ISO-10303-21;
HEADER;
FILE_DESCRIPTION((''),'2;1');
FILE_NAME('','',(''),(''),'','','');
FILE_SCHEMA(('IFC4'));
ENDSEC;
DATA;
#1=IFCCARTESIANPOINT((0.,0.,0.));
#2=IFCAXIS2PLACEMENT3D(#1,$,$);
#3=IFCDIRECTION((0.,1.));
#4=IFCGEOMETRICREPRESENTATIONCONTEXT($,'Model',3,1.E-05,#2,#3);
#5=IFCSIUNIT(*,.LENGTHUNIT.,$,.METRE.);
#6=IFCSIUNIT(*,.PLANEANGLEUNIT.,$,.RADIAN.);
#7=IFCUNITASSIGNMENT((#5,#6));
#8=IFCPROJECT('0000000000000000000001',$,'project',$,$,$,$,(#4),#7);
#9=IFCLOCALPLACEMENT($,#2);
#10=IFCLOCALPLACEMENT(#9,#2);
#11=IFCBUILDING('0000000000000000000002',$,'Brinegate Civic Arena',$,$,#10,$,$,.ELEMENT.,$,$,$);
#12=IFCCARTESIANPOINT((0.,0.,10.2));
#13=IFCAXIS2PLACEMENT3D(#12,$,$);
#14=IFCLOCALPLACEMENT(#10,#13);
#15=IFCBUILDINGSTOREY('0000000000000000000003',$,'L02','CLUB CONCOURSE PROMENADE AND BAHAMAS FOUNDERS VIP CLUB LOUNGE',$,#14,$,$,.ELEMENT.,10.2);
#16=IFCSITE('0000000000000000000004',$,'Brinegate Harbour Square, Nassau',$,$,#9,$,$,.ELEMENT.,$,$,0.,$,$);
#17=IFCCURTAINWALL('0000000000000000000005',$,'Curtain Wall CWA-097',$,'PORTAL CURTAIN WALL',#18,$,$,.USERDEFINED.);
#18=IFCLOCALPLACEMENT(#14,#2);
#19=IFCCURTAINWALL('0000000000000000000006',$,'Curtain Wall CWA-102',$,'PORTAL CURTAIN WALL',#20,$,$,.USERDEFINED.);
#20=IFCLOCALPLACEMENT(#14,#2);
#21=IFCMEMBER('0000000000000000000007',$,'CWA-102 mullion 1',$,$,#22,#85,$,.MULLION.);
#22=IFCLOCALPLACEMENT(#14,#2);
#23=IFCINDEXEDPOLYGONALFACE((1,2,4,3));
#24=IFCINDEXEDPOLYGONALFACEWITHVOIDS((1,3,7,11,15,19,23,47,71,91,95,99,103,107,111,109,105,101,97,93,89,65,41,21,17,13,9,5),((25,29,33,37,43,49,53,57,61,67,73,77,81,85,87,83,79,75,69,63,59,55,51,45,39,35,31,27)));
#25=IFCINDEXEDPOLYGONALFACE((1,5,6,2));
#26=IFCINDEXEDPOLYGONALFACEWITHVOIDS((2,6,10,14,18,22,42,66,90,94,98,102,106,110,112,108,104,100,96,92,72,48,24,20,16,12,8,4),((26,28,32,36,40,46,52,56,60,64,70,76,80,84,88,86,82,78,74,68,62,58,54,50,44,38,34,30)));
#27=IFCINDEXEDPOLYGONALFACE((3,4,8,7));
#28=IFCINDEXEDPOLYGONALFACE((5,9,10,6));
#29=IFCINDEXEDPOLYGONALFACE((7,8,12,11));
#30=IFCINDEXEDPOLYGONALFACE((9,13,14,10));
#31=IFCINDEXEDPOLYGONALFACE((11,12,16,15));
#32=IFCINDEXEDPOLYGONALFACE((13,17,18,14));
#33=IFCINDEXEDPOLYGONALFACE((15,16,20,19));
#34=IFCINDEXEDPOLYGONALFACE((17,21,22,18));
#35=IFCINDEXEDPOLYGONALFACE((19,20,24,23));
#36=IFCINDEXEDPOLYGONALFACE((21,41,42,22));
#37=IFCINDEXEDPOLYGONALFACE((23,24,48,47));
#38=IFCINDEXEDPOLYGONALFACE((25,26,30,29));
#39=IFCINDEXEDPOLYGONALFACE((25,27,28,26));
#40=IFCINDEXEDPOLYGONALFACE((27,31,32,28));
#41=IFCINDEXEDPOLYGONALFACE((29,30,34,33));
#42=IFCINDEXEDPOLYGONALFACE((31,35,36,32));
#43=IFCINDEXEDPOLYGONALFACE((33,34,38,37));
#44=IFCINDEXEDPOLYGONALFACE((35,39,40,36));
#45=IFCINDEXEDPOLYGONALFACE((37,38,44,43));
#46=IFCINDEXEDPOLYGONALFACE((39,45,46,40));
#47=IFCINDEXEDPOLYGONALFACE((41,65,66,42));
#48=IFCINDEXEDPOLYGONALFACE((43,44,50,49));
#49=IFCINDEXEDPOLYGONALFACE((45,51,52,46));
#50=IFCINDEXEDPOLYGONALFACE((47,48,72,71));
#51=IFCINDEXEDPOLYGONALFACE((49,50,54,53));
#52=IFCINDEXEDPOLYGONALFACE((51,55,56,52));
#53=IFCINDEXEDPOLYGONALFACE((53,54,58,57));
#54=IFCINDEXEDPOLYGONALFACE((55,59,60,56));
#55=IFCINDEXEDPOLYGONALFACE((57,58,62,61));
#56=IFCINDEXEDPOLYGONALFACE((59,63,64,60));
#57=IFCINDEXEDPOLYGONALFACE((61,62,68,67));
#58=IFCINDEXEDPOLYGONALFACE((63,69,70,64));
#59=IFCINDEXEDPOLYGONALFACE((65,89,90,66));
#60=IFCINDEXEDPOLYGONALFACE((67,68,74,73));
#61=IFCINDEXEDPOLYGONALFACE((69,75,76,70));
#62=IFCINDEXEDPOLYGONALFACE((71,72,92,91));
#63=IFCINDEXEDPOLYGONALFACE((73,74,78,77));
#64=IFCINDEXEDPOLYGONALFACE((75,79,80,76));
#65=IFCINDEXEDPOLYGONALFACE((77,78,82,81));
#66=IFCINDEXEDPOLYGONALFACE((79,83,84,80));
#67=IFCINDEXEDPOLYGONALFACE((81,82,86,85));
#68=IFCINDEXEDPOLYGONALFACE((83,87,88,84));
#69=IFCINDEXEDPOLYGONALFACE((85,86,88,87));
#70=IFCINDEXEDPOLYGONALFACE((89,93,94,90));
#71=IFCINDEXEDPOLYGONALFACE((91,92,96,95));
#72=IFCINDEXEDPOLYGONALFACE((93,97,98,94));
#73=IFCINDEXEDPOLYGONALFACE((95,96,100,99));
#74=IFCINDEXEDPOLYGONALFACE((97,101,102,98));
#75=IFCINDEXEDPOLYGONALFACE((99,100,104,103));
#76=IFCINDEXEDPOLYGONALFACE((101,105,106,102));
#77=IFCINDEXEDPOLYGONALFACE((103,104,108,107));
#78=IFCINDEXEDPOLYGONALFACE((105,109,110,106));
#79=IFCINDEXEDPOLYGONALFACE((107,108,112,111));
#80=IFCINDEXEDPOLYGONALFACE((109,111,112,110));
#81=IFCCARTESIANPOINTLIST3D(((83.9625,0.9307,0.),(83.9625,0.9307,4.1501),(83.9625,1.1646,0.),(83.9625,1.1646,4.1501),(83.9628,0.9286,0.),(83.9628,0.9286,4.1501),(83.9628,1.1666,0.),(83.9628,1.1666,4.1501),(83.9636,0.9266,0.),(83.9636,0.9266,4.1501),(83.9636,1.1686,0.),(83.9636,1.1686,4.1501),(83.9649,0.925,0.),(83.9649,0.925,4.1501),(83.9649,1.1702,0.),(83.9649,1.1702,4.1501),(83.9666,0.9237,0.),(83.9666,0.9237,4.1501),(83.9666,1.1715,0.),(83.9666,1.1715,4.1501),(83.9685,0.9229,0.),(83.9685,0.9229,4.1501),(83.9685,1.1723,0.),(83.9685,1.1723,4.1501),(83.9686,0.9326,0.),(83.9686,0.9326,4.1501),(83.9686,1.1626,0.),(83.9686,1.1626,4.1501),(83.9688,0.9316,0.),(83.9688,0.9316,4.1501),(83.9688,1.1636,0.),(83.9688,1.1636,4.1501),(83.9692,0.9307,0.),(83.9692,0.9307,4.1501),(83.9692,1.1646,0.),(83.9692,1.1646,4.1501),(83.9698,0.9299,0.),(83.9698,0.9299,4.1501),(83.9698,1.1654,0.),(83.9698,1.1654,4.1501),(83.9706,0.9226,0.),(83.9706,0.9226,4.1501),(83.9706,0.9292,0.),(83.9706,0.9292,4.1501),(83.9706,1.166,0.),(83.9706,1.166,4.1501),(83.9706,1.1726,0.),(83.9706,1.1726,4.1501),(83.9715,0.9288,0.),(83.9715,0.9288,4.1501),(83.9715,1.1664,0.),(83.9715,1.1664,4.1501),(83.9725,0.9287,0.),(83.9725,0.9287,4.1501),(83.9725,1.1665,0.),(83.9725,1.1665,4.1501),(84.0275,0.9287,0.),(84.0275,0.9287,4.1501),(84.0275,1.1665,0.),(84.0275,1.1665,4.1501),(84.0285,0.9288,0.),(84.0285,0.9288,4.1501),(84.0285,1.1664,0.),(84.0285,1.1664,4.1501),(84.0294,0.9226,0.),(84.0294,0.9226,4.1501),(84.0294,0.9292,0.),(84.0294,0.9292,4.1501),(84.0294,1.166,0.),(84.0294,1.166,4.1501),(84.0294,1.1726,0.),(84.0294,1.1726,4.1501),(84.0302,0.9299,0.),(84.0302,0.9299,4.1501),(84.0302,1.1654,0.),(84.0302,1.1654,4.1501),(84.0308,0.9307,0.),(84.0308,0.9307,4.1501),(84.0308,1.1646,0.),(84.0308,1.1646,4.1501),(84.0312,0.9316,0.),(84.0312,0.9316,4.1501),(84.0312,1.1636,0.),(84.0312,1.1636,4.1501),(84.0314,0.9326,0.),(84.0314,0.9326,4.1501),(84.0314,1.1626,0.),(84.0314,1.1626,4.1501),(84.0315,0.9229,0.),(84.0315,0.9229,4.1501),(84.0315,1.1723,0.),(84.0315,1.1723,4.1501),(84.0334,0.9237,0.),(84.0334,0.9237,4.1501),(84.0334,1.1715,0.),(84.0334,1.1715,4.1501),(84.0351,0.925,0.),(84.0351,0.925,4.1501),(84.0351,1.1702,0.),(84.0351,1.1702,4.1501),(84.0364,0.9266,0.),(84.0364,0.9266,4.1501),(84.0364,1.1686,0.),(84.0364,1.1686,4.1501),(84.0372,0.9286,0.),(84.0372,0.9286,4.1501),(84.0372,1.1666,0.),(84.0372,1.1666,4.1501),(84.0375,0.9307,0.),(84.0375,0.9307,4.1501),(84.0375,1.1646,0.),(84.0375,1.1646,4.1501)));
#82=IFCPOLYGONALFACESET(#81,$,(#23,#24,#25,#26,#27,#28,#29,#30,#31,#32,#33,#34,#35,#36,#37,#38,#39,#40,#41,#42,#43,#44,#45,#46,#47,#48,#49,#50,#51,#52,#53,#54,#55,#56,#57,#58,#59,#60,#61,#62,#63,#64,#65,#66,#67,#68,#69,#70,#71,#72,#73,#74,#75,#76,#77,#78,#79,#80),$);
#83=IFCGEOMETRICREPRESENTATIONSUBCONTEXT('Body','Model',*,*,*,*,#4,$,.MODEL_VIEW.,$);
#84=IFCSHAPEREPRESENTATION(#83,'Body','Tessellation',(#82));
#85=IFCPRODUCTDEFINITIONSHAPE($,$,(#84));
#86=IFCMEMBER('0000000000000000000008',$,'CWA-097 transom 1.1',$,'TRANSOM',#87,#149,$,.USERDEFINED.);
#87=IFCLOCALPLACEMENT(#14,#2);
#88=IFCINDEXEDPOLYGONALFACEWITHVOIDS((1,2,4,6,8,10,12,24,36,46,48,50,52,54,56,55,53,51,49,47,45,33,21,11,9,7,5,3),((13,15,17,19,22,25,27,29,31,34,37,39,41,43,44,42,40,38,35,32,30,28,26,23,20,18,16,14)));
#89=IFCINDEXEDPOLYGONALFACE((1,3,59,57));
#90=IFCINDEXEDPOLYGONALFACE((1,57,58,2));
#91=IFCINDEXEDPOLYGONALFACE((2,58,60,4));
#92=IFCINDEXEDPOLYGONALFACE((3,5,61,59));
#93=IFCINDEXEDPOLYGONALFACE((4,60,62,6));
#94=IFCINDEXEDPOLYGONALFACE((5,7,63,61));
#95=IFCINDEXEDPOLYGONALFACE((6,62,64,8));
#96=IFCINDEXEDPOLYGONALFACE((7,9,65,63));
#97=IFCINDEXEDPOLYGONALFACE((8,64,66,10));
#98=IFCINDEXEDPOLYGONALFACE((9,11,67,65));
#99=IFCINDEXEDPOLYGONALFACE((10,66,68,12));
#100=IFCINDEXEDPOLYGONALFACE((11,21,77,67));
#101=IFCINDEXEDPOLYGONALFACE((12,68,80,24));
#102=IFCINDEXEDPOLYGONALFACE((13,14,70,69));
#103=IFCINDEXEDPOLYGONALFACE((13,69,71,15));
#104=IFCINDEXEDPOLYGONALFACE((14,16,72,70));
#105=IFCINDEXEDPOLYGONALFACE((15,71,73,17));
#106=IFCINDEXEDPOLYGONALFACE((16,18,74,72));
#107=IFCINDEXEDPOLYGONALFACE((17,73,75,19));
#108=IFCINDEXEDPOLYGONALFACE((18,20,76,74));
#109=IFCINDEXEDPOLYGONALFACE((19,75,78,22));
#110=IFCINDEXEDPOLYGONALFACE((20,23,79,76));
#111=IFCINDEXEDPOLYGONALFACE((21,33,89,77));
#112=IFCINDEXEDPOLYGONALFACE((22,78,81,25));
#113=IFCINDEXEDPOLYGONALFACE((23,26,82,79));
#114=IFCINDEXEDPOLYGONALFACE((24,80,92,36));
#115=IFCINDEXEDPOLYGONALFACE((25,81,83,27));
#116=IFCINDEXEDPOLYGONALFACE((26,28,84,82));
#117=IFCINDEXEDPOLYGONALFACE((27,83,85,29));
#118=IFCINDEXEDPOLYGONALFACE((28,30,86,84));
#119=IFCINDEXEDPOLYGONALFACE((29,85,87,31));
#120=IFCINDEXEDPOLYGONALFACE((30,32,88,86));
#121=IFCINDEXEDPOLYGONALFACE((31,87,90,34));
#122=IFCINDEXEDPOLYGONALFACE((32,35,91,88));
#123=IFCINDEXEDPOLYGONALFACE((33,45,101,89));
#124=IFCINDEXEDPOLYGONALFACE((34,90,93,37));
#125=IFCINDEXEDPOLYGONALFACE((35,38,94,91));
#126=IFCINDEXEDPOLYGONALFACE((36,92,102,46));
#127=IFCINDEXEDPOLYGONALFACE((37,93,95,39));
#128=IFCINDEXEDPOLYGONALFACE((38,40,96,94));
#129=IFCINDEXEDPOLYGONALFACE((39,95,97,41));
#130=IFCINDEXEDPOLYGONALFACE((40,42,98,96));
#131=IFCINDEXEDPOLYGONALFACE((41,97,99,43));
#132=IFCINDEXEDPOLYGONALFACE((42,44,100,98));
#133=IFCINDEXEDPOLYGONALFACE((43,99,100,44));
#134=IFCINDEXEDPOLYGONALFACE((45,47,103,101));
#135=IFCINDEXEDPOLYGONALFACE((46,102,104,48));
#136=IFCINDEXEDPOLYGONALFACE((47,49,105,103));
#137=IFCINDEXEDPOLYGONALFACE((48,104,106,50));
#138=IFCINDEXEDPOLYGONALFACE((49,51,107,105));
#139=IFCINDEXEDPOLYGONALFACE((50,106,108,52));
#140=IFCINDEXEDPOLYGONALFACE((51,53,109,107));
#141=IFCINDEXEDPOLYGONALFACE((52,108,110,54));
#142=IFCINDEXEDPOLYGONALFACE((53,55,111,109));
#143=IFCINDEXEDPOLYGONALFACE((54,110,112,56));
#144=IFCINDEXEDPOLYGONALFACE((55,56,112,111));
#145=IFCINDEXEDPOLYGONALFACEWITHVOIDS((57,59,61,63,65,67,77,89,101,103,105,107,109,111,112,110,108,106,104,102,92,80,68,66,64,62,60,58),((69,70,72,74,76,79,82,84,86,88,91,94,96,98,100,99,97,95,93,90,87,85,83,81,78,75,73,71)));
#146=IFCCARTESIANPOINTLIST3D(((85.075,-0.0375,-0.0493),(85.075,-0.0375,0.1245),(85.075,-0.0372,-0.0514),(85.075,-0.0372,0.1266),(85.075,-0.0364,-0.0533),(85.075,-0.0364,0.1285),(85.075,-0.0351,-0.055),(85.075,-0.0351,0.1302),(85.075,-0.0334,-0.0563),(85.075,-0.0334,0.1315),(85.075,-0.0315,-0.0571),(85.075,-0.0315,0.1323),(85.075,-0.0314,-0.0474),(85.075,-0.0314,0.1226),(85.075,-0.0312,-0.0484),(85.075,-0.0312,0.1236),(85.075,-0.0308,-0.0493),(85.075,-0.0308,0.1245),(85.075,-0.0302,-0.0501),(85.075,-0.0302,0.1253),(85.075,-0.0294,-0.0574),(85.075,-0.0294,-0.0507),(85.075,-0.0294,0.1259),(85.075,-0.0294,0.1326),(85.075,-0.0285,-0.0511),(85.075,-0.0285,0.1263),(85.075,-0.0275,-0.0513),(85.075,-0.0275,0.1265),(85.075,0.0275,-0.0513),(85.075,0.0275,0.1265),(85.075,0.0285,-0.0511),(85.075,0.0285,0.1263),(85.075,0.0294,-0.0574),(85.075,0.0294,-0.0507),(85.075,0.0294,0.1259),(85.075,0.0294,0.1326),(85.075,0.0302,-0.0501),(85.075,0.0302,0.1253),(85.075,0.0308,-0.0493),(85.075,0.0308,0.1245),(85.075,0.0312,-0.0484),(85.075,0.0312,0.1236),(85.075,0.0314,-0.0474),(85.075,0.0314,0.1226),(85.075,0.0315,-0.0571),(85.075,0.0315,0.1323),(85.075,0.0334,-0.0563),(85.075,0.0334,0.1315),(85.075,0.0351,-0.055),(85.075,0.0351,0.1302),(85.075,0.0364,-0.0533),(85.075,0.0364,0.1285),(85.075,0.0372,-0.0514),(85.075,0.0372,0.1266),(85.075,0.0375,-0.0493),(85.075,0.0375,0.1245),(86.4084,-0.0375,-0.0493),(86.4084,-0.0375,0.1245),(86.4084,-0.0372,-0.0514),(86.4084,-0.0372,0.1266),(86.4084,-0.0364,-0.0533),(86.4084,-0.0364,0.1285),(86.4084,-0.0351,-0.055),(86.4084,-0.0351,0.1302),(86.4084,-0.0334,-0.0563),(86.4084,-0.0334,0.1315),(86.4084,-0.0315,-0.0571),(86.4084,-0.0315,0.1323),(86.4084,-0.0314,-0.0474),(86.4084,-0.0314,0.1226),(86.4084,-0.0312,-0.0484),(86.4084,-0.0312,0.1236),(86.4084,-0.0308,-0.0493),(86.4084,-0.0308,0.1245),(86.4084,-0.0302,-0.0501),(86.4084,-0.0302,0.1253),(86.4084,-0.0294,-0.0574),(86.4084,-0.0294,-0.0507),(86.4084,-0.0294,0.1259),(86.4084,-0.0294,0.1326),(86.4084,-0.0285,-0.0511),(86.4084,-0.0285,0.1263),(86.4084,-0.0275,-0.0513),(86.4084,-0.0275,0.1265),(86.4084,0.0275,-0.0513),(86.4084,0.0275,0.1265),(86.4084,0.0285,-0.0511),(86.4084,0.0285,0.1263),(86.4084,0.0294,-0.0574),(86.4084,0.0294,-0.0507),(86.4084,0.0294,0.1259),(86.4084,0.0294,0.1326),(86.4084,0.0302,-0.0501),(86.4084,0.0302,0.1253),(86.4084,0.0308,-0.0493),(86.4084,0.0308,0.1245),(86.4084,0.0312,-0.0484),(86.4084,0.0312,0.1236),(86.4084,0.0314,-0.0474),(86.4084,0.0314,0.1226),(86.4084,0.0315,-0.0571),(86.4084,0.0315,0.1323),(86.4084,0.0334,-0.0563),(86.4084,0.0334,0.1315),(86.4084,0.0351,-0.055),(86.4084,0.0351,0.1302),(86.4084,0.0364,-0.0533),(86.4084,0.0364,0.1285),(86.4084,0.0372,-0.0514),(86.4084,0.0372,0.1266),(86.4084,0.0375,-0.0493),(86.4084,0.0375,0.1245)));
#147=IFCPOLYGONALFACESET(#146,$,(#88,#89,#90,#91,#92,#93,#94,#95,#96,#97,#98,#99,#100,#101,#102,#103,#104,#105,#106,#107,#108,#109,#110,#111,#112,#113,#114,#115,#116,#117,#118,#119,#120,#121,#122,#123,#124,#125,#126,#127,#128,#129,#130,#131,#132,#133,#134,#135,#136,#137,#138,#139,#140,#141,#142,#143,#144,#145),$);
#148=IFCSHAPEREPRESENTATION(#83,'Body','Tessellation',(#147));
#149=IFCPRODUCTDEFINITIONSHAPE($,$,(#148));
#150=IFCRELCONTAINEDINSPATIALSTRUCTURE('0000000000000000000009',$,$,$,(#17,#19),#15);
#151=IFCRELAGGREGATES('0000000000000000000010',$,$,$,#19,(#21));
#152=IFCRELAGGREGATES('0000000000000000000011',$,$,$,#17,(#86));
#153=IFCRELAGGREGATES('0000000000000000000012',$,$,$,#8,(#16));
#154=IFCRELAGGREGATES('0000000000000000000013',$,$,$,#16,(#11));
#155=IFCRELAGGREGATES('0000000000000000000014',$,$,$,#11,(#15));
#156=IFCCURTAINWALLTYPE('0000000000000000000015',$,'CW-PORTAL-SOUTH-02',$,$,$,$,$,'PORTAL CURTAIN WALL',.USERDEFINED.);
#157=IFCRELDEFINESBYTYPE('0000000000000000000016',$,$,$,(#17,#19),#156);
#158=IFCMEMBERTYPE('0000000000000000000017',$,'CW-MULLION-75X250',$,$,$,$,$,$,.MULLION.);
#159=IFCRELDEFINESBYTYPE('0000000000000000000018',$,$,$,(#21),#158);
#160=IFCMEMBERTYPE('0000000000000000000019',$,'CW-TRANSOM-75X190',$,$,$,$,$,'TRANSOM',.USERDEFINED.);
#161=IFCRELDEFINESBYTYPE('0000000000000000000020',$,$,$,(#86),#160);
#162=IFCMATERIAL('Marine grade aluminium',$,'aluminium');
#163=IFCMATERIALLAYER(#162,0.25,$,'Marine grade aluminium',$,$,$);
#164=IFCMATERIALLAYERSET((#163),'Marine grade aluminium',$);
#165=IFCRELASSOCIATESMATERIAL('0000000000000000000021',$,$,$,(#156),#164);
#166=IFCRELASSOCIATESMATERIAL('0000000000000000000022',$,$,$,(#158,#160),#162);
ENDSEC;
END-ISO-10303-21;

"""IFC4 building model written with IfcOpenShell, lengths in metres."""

from ifc_helpers import new_model, si_unit, direction, frame, origin, origin_2d, place, context, subcontext, project, spatial, hollow_rectangle, extrude, material, layer, layer_set, material_profile, profile_set, type_object, element, aggregate, save


model = new_model("IFC4")

# Units and contexts
model_context = context("Model", 3, precision=1e-05, world=origin(), true_north=direction((0.0, 1.0)))
body_context = subcontext(model_context, "Body", "Model", "MODEL_VIEW")
ifc_project = project(units=[si_unit("LENGTHUNIT", "METRE"), si_unit("PLANEANGLEUNIT", "RADIAN")], contexts=[model_context])

# Site, building, storey
site_placement = place(None, origin())
site = spatial("IfcSite", under=ifc_project, at=site_placement, Name="Brinegate Harbour Square, Nassau", CompositionType="ELEMENT", RefElevation=0.0)
building_placement = place(site_placement, origin())
building = spatial("IfcBuilding", under=site, at=building_placement, Name="Brinegate Civic Arena", CompositionType="ELEMENT")
storey_placement = place(building_placement, frame((0.0, 0.0, 10.2)))
storey = spatial("IfcBuildingStorey", under=building, at=storey_placement, Name="L02", Description="CLUB CONCOURSE PROMENADE AND BAHAMAS FOUNDERS VIP CLUB LOUNGE", CompositionType="ELEMENT", Elevation=10.2)

# Curtain wall
ifc_material_1 = material(Name="Marine grade aluminium", Category="aluminium")
ifc_layer_1 = layer(ifc_material_1, 0.25, Name="Marine grade aluminium")
ifc_layer_set_1 = layer_set([ifc_layer_1], Name="Marine grade aluminium")
curtain_wall_type = type_object("IfcCurtainWallType", Name="CW-PORTAL-SOUTH-02", ElementType="PORTAL CURTAIN WALL", PredefinedType="USERDEFINED", material=ifc_layer_set_1)
curtain_wall_1_placement = place(storey_placement, origin())
curtain_wall_1 = element("IfcCurtainWall", 1, at=curtain_wall_1_placement, inside=storey, type_object=curtain_wall_type, Name="Curtain Wall CWA-097", ObjectType="PORTAL CURTAIN WALL", PredefinedType="USERDEFINED")

# Curtain wall, member
curtain_wall_2_placement = place(storey_placement, origin())
curtain_wall_2 = element("IfcCurtainWall", 2, at=curtain_wall_2_placement, inside=storey, type_object=curtain_wall_type, Name="Curtain Wall CWA-102", ObjectType="PORTAL CURTAIN WALL", PredefinedType="USERDEFINED")
ifc_material_profile_1 = material_profile(ifc_material_1, hollow_rectangle(XDim=0.075, YDim=0.25, WallThickness=0.0061, InnerFilletRadius=0.0039, OuterFilletRadius=0.0081, at=origin_2d()), Name="MUL75X250")
ifc_profile_set_1 = profile_set([ifc_material_profile_1], Name="Marine grade aluminium")
member_type_1 = type_object("IfcMemberType", Name="CW-MULLION-75X250", PredefinedType="MULLION", material=ifc_profile_set_1)
member_1_placement = place(storey_placement, frame((84.0, 1.0476, 0.0), z_axis=(0.0, 0.0, 1.0), x_axis=(-1.0, 0.0, 0.0)))
member_1 = element("IfcMember", 3, at=member_1_placement, type_object=member_type_1, Name="CWA-102 mullion 1", PredefinedType="MULLION", context=body_context, shape_type="SweptSolid", body=[
    extrude(hollow_rectangle(XDim=0.075, YDim=0.25, WallThickness=0.0061, InnerFilletRadius=0.0039, OuterFilletRadius=0.0081, at=origin_2d()), origin(), (0.0, 0.0, 1.0), 4.1501),
])

# Member
ifc_material_profile_2 = material_profile(ifc_material_1, hollow_rectangle(XDim=0.075, YDim=0.1899, WallThickness=0.0061, InnerFilletRadius=0.0039, OuterFilletRadius=0.0081, at=origin_2d()), Name="TRN75X190")
ifc_profile_set_2 = profile_set([ifc_material_profile_2], Name="Marine grade aluminium")
member_type_2 = type_object("IfcMemberType", Name="CW-TRANSOM-75X190", ElementType="TRANSOM", PredefinedType="USERDEFINED", material=ifc_profile_set_2)
member_2_placement = place(storey_placement, frame((85.075, 0.0, 0.0376), z_axis=(1.0, 0.0, 0.0), x_axis=(0.0, 1.0, 0.0)))
member_2 = element("IfcMember", 4, at=member_2_placement, type_object=member_type_2, Name="CWA-097 transom 1.1", ObjectType="TRANSOM", PredefinedType="USERDEFINED", context=body_context, shape_type="SweptSolid", body=[
    extrude(hollow_rectangle(XDim=0.075, YDim=0.1899, WallThickness=0.0061, InnerFilletRadius=0.0039, OuterFilletRadius=0.0081, at=origin_2d()), origin(), (0.0, 0.0, 1.0), 1.3335),
])
aggregate(curtain_wall_2, [member_1])

aggregate(curtain_wall_1, [member_2])

save(model, "model.ifc")
